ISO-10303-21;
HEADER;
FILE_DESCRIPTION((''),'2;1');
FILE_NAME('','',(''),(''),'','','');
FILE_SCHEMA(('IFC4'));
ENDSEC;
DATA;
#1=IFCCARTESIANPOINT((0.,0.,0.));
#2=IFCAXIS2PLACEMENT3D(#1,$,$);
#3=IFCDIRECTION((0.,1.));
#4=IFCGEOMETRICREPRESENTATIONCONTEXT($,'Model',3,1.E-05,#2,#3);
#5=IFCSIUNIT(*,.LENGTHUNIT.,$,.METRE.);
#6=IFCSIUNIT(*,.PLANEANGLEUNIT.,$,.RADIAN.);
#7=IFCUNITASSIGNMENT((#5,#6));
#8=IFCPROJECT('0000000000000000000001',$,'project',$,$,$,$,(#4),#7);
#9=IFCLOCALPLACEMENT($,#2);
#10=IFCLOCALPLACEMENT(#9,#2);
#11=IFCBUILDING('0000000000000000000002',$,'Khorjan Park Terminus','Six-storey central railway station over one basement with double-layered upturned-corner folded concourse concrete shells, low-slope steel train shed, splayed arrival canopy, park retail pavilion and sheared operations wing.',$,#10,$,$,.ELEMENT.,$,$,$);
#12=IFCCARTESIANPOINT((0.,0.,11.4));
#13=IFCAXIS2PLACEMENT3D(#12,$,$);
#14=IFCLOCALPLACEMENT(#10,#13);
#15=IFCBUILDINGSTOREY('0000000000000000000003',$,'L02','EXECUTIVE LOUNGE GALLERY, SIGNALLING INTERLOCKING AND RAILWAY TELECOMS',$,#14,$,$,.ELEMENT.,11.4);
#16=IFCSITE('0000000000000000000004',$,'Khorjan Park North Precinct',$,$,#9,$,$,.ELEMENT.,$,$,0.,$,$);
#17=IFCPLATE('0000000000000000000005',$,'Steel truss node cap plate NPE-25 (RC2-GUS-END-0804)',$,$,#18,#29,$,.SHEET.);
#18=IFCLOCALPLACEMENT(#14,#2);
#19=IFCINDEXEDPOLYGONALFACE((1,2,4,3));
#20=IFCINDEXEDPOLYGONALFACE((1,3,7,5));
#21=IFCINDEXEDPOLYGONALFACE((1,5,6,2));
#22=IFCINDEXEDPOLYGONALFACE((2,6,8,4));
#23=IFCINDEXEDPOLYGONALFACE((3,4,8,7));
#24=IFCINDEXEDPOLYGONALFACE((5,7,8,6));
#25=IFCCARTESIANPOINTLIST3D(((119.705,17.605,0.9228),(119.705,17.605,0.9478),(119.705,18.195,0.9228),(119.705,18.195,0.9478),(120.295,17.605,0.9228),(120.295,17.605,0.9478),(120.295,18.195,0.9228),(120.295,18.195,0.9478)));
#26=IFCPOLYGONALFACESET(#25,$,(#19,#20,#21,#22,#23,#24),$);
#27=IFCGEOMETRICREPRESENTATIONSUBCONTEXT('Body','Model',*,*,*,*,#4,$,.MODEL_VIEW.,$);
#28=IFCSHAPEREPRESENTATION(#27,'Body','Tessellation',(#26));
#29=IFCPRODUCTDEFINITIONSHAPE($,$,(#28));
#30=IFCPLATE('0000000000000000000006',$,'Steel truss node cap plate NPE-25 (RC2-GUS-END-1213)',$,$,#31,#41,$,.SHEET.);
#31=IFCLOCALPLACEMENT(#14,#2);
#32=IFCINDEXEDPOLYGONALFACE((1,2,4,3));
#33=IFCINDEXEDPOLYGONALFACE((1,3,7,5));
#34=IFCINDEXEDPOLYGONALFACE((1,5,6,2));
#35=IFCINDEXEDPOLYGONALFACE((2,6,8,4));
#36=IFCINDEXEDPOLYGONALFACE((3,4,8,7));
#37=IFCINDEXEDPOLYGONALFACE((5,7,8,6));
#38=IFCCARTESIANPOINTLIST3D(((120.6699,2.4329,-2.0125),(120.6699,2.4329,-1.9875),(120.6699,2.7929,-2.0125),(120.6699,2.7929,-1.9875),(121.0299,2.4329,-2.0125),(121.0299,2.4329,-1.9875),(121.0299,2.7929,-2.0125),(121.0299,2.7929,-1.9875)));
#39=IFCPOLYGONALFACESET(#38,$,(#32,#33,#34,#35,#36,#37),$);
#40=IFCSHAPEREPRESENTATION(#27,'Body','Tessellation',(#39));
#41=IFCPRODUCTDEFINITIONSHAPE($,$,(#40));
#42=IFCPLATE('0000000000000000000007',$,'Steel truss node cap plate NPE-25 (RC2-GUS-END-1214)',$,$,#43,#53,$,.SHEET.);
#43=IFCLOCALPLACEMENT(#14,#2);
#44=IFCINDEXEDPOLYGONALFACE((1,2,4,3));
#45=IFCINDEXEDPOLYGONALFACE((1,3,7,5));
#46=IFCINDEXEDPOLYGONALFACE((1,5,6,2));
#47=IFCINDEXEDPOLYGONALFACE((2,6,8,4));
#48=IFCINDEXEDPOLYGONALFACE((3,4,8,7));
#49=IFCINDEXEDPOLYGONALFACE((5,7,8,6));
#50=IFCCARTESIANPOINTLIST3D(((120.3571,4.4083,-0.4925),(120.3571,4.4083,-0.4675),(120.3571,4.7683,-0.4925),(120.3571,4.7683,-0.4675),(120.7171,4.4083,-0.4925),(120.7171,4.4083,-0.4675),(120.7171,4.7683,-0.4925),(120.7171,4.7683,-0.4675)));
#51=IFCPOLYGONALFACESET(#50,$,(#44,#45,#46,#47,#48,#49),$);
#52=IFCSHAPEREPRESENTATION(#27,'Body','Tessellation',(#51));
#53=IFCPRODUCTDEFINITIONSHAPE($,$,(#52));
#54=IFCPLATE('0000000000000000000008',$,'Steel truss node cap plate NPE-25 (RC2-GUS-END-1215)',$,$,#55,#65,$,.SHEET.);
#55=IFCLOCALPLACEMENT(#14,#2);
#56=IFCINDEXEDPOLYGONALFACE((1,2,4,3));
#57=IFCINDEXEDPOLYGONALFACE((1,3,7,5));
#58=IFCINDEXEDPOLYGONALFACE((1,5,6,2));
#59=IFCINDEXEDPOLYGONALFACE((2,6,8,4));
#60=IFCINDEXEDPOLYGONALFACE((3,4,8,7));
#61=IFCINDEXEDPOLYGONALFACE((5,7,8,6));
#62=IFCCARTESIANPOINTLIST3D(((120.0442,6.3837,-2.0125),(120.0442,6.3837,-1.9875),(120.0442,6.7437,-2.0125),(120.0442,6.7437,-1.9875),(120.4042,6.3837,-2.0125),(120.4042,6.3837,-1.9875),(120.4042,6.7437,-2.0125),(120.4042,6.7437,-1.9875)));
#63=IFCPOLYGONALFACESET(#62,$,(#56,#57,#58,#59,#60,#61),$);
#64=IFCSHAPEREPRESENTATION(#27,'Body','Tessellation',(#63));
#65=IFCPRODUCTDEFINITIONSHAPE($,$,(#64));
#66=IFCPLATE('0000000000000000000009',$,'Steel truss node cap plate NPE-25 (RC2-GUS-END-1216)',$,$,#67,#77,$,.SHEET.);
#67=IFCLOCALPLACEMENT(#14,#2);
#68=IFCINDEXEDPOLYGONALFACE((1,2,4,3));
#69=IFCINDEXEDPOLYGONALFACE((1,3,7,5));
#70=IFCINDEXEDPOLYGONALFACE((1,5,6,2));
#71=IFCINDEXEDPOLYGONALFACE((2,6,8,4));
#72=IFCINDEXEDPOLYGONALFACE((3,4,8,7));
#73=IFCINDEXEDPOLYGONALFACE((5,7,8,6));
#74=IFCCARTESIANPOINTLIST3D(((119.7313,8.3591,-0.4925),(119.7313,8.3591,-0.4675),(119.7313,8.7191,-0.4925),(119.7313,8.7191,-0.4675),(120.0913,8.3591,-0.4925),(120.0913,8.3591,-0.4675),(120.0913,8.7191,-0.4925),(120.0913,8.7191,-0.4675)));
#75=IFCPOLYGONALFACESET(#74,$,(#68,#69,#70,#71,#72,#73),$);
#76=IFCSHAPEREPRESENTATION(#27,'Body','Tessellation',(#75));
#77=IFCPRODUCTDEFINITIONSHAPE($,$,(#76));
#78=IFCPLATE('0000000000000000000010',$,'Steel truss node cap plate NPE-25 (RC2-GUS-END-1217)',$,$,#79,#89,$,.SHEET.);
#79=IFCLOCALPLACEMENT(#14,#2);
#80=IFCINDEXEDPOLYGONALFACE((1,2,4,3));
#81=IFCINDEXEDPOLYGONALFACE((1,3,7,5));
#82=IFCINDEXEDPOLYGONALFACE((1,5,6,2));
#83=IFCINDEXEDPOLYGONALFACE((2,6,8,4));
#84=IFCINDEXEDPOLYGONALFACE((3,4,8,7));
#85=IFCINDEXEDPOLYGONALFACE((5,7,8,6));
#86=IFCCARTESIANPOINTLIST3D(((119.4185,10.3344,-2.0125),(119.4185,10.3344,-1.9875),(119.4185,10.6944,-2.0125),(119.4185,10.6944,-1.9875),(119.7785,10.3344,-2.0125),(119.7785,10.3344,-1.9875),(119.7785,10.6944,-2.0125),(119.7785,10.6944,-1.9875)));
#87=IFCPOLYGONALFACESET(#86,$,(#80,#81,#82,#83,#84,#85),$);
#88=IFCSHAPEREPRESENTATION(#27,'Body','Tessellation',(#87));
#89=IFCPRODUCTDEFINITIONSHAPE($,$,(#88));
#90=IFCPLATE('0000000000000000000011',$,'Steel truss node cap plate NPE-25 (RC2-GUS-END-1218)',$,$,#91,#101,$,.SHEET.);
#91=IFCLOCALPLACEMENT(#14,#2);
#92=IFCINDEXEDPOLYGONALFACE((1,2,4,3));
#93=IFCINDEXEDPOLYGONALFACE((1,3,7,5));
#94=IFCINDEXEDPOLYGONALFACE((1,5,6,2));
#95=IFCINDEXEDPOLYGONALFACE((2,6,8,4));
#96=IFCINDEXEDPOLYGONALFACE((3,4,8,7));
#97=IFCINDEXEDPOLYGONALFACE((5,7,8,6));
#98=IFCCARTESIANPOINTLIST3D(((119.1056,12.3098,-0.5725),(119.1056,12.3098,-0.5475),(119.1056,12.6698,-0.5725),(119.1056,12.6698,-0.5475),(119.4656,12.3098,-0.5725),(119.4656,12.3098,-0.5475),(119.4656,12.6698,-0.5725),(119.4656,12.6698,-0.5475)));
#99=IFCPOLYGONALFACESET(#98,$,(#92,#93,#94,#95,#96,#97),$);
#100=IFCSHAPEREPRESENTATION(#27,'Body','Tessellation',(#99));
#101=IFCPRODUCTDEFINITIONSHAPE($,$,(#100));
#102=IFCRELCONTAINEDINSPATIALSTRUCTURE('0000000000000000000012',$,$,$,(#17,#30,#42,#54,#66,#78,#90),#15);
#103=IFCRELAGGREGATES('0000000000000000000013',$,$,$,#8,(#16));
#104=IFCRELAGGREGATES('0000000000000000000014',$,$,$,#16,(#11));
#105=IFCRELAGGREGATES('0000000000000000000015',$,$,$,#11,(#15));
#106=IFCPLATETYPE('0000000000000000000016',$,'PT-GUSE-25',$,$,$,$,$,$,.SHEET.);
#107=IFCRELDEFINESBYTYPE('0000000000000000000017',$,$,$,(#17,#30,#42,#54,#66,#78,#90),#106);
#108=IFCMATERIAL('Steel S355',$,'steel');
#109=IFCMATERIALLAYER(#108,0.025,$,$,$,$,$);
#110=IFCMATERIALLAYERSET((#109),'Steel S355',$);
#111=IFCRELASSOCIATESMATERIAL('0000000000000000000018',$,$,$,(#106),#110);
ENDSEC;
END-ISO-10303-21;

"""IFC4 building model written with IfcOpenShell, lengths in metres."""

from ifc_helpers import new_model, si_unit, direction, frame, origin, origin_2d, place, context, subcontext, project, spatial, rectangle, extrude, material, layer, layer_set, type_object, element, save


model = new_model("IFC4")

# Units and contexts
model_context = context("Model", 3, precision=1e-05, world=origin(), true_north=direction((0.0, 1.0)))
body_context = subcontext(model_context, "Body", "Model", "MODEL_VIEW")
ifc_project = project(units=[si_unit("LENGTHUNIT", "METRE"), si_unit("PLANEANGLEUNIT", "RADIAN")], contexts=[model_context])

# Site, building, storey
site_placement = place(None, origin())
site = spatial("IfcSite", under=ifc_project, at=site_placement, Name="Khorjan Park North Precinct", CompositionType="ELEMENT", RefElevation=0.0)
building_placement = place(site_placement, origin())
building = spatial("IfcBuilding", under=site, at=building_placement, Name="Khorjan Park Terminus", Description="Six-storey central railway station over one basement with double-layered upturned-corner folded concourse concrete shells, low-slope steel train shed, splayed arrival canopy, park retail pavilion and sheared operations wing.", CompositionType="ELEMENT")
storey_placement = place(building_placement, frame((0.0, 0.0, 11.4)))
storey = spatial("IfcBuildingStorey", under=building, at=storey_placement, Name="L02", Description="EXECUTIVE LOUNGE GALLERY, SIGNALLING INTERLOCKING AND RAILWAY TELECOMS", CompositionType="ELEMENT", Elevation=11.4)

# Shared definitions
ifc_material = material(Name="Steel S355", Category="steel")

# Plates
ifc_layer_1 = layer(ifc_material, 0.025)
ifc_layer_set_1 = layer_set([ifc_layer_1], Name="Steel S355")
plate_type_1 = type_object("IfcPlateType", Name="PT-GUSE-25", PredefinedType="SHEET", material=ifc_layer_set_1)
for number, where, z_axis, x_axis, name in (
    (1, (120.0, 17.9, 0.9228), (0.0, 0.0, 1.0), (1.0, 0.0, 0.0), "Steel truss node cap plate NPE-25 (RC2-GUS-END-0804)"),
):
    element("IfcPlate", number, at=place(storey_placement, frame(where, z_axis=z_axis, x_axis=x_axis)), inside=storey, type_object=plate_type_1, Name=name, PredefinedType="SHEET", context=body_context, shape_type="SweptSolid", body=[
        extrude(rectangle(XDim=0.59, YDim=0.59, at=origin_2d()), origin(), (0.0, 0.0, 1.0), 0.025),
    ])
for number, where, z_axis, x_axis, name in (
    (2, (120.8499, 2.6129, -2.0125), (0.0, 0.0, 1.0), (1.0, 0.0, 0.0), "Steel truss node cap plate NPE-25 (RC2-GUS-END-1213)"),
    (3, (120.5371, 4.5883, -0.4925), (0.0, 0.0, 1.0), (1.0, 0.0, 0.0), "Steel truss node cap plate NPE-25 (RC2-GUS-END-1214)"),
    (4, (120.2242, 6.5637, -2.0125), (0.0, 0.0, 1.0), (1.0, 0.0, 0.0), "Steel truss node cap plate NPE-25 (RC2-GUS-END-1215)"),
    (5, (119.9113, 8.5391, -0.4925), (0.0, 0.0, 1.0), (1.0, 0.0, 0.0), "Steel truss node cap plate NPE-25 (RC2-GUS-END-1216)"),
    (6, (119.5985, 10.5144, -2.0125), (0.0, 0.0, 1.0), (1.0, 0.0, 0.0), "Steel truss node cap plate NPE-25 (RC2-GUS-END-1217)"),
    (7, (119.2856, 12.4898, -0.5725), (0.0, 0.0, 1.0), (1.0, 0.0, 0.0), "Steel truss node cap plate NPE-25 (RC2-GUS-END-1218)"),
):
    element("IfcPlate", number, at=place(storey_placement, frame(where, z_axis=z_axis, x_axis=x_axis)), inside=storey, type_object=plate_type_1, Name=name, PredefinedType="SHEET", context=body_context, shape_type="SweptSolid", body=[
        extrude(rectangle(XDim=0.36, YDim=0.36, at=origin_2d()), origin(), (0.0, 0.0, 1.0), 0.025),
    ])

save(model, "model.ifc")
